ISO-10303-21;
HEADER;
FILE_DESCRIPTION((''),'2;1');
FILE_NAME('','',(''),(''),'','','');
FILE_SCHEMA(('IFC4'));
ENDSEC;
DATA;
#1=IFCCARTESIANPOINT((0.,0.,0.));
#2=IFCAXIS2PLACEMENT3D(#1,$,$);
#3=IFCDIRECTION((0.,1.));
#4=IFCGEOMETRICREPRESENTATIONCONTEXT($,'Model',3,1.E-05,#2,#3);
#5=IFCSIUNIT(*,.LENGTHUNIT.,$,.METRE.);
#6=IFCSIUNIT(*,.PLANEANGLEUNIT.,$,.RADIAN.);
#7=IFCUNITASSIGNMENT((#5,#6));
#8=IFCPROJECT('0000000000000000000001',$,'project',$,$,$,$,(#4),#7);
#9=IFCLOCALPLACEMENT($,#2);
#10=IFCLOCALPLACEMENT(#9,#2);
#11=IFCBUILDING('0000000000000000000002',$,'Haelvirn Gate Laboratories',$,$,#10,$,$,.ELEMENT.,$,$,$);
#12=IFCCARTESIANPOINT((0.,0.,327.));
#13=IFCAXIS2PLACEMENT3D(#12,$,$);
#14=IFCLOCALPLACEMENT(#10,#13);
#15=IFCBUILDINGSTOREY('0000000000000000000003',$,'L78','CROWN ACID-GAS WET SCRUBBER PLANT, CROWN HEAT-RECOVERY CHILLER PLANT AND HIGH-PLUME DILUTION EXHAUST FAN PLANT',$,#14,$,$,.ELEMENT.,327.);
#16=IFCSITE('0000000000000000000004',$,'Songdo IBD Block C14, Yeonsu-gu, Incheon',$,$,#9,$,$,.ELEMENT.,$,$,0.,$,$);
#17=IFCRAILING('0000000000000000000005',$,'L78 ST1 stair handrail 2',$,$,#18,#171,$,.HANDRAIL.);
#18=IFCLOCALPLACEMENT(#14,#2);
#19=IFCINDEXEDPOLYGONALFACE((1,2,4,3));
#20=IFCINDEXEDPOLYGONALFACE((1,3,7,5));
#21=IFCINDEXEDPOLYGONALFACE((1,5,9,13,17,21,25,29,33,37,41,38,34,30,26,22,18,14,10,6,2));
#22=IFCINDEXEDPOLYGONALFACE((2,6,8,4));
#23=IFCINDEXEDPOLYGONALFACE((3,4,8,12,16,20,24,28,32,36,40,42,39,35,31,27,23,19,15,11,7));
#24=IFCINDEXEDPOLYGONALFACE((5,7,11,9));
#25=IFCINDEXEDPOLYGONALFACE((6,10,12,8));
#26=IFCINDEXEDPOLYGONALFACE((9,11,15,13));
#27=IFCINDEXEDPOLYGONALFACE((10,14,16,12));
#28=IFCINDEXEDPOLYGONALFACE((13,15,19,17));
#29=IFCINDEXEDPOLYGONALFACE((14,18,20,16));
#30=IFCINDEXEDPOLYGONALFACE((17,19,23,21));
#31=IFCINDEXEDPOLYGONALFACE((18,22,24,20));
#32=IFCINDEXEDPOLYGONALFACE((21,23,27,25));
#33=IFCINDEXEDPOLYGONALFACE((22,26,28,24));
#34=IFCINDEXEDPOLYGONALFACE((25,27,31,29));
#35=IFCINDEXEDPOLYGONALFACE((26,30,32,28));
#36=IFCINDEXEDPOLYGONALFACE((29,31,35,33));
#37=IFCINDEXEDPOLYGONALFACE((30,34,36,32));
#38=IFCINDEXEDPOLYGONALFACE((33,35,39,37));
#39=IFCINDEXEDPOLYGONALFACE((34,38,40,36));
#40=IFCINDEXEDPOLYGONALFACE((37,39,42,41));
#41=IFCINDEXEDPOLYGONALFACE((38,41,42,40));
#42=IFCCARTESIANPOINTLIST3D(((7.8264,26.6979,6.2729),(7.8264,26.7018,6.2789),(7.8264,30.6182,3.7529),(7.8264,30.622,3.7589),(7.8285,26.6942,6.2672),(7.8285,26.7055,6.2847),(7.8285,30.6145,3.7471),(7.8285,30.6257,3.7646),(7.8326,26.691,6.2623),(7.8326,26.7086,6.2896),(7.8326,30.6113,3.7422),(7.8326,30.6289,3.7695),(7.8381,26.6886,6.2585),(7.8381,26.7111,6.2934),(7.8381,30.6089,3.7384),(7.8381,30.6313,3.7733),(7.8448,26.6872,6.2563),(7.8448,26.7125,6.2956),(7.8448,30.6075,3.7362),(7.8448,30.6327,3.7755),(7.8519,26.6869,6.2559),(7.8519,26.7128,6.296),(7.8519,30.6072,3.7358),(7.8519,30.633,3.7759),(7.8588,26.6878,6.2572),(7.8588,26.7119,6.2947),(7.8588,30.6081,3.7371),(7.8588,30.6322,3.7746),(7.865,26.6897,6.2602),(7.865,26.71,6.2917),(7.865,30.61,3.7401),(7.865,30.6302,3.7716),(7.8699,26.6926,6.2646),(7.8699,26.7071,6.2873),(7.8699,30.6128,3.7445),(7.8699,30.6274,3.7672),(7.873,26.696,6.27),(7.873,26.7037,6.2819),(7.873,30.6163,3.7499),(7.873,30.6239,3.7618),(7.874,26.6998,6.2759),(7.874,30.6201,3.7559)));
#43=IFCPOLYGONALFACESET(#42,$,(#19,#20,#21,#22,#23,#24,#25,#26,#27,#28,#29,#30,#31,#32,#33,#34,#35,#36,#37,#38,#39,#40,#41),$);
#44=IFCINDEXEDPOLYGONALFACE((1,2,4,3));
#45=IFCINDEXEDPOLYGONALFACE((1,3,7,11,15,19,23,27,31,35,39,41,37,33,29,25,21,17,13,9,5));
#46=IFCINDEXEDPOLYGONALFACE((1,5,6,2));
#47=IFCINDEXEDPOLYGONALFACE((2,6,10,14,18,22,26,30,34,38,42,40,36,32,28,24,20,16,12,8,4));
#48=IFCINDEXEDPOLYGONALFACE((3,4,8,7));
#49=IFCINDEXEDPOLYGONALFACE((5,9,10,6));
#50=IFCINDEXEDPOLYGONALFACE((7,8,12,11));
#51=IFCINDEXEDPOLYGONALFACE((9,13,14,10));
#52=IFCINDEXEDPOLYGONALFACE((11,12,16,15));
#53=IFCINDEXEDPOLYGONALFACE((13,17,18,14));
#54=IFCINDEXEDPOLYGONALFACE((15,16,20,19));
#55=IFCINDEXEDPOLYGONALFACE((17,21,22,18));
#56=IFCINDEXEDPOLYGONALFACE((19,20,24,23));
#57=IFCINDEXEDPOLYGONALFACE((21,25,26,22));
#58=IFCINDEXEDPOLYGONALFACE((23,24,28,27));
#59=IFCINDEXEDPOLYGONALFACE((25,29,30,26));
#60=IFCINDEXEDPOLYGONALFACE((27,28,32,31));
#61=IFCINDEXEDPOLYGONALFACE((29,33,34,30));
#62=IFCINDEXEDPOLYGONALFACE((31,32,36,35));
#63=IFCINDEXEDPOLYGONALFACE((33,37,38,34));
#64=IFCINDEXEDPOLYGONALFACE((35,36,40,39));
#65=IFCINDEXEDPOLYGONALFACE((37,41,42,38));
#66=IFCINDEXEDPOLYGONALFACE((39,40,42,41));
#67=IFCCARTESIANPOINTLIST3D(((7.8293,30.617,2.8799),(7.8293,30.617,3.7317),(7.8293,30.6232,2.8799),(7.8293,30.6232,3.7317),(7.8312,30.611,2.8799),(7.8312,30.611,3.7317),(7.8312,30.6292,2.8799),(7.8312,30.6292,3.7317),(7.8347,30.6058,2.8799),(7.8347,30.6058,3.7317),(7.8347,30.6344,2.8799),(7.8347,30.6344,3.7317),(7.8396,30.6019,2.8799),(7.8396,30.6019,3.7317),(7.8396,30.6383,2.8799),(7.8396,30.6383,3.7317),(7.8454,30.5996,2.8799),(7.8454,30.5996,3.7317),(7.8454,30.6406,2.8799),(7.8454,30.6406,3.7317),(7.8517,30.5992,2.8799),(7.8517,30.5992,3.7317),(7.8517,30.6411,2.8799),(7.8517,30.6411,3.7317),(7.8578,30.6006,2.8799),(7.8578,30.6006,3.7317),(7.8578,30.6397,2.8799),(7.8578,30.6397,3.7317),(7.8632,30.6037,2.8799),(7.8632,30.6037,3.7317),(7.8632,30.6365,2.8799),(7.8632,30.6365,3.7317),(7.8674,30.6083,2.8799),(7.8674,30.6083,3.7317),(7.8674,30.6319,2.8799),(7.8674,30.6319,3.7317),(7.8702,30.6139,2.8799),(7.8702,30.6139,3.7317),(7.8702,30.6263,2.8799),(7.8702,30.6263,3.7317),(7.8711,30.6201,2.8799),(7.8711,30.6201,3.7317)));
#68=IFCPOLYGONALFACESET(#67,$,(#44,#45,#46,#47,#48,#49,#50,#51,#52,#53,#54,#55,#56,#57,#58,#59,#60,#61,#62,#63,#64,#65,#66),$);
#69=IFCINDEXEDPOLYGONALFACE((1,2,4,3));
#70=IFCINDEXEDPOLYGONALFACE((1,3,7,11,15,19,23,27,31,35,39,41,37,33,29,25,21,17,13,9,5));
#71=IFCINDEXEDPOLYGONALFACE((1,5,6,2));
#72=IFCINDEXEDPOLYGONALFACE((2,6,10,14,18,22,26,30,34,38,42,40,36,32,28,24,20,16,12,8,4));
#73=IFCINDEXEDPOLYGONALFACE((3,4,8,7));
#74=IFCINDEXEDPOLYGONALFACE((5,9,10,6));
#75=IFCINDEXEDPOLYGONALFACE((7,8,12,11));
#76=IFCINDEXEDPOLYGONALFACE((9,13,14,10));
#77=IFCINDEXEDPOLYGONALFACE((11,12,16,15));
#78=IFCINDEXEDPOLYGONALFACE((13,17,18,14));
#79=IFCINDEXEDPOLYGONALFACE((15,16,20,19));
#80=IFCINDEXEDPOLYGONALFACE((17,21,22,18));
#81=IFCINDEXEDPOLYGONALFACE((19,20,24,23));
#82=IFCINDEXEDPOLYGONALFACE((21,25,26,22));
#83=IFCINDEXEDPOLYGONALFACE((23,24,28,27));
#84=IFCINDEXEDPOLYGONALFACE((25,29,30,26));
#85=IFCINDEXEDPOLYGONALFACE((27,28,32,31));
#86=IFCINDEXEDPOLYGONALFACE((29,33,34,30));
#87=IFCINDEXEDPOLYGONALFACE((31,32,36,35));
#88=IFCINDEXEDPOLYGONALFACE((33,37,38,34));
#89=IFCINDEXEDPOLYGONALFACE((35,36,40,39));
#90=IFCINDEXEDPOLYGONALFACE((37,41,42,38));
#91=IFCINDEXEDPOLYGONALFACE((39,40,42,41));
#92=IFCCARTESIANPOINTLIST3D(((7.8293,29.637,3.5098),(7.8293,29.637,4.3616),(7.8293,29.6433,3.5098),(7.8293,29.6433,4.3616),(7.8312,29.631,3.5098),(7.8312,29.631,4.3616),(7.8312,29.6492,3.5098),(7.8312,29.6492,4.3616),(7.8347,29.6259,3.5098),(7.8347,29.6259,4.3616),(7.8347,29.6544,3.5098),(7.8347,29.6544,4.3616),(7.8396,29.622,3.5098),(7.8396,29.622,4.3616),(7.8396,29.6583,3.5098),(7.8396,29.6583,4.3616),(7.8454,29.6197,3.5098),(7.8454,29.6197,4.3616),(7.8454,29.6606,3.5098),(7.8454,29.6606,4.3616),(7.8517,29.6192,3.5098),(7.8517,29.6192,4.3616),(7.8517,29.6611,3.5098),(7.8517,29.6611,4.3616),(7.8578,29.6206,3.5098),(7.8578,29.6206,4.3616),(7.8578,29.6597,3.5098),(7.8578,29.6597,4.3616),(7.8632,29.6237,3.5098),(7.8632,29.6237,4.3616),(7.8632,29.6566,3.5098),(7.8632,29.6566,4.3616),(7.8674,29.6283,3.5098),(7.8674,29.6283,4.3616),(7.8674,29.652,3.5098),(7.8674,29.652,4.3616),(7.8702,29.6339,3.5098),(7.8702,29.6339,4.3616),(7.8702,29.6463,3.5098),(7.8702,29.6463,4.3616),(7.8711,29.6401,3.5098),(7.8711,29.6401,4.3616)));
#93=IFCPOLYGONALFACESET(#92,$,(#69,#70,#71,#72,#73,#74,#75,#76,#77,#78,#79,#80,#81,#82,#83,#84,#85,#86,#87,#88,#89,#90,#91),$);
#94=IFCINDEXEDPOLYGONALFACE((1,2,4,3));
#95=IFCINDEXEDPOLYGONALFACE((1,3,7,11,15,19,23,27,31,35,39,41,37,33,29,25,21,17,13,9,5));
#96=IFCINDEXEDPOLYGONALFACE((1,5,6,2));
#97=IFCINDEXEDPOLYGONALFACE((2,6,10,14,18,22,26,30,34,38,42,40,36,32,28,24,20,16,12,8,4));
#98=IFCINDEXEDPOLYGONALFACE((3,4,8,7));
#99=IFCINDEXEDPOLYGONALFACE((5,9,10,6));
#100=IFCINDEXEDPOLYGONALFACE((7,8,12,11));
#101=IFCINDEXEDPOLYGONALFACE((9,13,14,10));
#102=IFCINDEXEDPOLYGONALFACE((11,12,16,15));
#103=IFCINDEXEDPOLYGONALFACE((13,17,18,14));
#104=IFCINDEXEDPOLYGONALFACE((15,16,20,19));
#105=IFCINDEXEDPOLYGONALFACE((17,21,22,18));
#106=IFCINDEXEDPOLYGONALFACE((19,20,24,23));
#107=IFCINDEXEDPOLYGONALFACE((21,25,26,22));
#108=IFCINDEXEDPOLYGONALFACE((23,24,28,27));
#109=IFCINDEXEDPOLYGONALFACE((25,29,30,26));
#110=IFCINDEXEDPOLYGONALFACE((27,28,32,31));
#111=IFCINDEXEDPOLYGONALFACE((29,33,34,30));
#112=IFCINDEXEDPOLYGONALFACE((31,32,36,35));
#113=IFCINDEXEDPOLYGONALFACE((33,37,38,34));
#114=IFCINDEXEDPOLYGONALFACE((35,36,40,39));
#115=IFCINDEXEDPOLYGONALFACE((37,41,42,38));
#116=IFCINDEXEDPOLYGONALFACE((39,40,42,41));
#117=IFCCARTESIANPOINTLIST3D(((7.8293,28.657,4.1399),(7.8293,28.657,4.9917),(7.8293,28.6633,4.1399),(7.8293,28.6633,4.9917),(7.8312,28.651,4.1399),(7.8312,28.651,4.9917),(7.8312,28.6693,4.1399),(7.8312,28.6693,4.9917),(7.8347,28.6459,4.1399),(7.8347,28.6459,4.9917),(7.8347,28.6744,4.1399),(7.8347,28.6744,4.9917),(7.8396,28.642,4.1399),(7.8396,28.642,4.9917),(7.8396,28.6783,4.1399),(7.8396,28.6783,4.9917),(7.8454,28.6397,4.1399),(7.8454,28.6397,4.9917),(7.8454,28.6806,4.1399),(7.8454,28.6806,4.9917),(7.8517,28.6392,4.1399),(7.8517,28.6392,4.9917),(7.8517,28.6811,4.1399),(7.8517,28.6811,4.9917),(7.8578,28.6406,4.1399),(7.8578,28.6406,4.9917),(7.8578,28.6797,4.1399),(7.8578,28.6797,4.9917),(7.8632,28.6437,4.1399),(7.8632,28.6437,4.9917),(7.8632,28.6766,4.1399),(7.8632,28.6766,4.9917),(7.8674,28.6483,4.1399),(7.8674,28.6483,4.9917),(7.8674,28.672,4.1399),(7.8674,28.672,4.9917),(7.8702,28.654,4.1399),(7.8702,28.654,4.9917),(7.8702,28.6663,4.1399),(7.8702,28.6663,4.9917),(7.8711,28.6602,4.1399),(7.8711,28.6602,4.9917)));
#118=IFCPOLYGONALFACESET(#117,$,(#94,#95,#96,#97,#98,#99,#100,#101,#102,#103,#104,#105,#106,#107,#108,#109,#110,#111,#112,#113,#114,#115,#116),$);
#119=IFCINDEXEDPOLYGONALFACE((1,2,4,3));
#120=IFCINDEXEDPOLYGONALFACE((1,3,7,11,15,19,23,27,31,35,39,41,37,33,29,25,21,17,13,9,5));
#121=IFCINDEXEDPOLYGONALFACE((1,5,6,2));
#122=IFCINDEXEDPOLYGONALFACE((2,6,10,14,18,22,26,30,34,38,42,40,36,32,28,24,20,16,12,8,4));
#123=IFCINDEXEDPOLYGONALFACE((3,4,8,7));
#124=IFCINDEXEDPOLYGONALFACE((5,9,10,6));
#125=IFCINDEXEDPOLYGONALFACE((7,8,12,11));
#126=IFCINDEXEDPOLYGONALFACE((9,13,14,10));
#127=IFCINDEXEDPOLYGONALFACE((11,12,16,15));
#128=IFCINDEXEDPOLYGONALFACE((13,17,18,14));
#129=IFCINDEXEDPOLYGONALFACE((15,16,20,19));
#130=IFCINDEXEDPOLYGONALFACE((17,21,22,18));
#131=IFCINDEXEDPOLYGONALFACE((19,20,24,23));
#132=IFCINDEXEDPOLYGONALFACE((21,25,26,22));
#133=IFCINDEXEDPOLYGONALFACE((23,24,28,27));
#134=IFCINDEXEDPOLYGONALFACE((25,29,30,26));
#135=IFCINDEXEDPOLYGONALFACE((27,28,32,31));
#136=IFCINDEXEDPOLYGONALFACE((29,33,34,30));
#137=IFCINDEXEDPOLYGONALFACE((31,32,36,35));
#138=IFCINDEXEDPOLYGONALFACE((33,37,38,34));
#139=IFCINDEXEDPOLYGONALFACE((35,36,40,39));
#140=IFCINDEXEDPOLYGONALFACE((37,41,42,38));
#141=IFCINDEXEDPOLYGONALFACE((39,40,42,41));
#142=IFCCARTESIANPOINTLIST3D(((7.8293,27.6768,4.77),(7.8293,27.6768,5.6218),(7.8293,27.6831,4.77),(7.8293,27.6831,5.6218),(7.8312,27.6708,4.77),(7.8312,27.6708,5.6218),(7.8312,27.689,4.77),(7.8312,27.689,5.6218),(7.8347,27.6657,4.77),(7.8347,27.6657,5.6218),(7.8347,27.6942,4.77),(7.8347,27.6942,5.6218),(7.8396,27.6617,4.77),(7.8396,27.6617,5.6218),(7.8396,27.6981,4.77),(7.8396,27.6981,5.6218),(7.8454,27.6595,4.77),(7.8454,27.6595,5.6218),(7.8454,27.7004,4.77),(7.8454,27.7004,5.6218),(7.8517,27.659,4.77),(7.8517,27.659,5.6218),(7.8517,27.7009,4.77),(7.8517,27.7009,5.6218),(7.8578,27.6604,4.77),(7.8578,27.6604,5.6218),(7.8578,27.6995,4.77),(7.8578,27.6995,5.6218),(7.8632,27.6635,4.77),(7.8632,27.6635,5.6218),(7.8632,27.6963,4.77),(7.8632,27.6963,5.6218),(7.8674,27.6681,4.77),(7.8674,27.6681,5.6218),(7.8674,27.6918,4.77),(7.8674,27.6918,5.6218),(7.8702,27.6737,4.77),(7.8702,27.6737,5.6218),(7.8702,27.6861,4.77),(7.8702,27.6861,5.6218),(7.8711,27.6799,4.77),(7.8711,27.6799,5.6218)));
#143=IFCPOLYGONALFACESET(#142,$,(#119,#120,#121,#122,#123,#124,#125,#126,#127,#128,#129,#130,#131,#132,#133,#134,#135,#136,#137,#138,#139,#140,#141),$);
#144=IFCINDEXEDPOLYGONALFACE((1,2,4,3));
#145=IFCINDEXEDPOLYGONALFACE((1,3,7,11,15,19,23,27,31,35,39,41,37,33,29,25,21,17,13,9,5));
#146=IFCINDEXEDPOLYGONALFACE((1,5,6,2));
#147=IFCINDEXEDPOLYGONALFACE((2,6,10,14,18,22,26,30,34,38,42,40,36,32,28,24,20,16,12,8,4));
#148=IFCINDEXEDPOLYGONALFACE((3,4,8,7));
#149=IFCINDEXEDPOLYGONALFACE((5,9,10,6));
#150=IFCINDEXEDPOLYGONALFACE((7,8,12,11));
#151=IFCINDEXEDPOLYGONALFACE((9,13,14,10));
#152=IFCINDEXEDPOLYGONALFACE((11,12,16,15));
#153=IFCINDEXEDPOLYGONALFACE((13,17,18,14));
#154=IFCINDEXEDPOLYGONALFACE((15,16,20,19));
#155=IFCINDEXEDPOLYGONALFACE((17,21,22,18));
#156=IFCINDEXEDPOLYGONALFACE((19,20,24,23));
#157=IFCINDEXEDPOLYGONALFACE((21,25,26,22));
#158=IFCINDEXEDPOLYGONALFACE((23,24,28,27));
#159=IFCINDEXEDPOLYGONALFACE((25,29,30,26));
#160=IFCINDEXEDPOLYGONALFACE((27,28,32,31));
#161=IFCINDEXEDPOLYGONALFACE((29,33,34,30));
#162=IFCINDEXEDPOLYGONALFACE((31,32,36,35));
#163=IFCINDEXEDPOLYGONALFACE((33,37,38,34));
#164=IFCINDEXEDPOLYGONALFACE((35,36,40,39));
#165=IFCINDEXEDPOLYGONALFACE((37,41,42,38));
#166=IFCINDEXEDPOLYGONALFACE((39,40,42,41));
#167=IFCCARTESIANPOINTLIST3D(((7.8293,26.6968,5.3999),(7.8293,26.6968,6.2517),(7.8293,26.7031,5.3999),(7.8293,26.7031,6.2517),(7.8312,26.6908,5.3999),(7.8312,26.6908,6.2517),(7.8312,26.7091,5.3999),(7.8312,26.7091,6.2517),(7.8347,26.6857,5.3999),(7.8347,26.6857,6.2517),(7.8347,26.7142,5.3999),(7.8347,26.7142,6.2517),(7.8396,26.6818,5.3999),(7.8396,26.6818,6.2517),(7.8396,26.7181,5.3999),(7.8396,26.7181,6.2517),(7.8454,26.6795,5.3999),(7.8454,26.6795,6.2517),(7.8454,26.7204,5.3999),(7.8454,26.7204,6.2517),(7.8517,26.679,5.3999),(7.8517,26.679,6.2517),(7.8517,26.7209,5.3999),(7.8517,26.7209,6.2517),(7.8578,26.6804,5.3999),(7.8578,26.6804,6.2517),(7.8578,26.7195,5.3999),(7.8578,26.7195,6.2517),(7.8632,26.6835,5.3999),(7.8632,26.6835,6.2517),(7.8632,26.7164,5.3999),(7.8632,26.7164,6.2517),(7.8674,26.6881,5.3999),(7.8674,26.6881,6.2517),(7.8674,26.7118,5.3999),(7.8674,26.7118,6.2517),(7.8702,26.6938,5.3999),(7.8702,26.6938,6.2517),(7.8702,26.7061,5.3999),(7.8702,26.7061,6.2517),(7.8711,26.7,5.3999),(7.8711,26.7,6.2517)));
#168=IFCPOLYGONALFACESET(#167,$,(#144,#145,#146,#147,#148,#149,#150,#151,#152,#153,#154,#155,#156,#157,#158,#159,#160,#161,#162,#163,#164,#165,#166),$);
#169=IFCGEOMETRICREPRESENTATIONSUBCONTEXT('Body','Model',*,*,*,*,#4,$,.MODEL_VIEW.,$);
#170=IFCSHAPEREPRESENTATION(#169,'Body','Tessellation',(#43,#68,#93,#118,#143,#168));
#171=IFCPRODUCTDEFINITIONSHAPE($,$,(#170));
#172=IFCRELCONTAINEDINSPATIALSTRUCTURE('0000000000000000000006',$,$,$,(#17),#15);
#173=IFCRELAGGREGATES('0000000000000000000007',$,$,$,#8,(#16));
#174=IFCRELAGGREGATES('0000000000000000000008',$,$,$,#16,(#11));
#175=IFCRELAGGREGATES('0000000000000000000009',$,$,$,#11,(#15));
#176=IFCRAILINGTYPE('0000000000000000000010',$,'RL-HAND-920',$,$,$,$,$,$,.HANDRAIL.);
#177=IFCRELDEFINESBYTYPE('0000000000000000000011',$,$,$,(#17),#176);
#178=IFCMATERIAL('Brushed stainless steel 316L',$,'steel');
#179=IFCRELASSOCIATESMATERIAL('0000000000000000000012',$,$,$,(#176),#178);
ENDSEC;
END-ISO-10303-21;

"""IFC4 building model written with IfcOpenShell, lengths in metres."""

from ifc_helpers import new_model, si_unit, direction, frame, origin, origin_2d, place, context, subcontext, project, spatial, circle, extrude, source, transform, mapped, material, type_object, element, save


model = new_model("IFC4")

# Units and contexts
model_context = context("Model", 3, precision=1e-05, world=origin(), true_north=direction((0.0, 1.0)))
body_context = subcontext(model_context, "Body", "Model", "MODEL_VIEW")
ifc_project = project(units=[si_unit("LENGTHUNIT", "METRE"), si_unit("PLANEANGLEUNIT", "RADIAN")], contexts=[model_context])

# Site, building, storey
site_placement = place(None, origin())
site = spatial("IfcSite", under=ifc_project, at=site_placement, Name="Songdo IBD Block C14, Yeonsu-gu, Incheon", CompositionType="ELEMENT", RefElevation=0.0)
building_placement = place(site_placement, origin())
building = spatial("IfcBuilding", under=site, at=building_placement, Name="Haelvirn Gate Laboratories", CompositionType="ELEMENT")
storey_placement = place(building_placement, frame((0.0, 0.0, 327.0)))
storey = spatial("IfcBuildingStorey", under=building, at=storey_placement, Name="L78", Description="CROWN ACID-GAS WET SCRUBBER PLANT, CROWN HEAT-RECOVERY CHILLER PLANT AND HIGH-PLUME DILUTION EXHAUST FAN PLANT", CompositionType="ELEMENT", Elevation=327.0)

# Railing
ifc_material_1 = material(Name="Brushed stainless steel 316L", Category="steel")
railing_type_1 = type_object("IfcRailingType", Name="RL-HAND-920", PredefinedType="HANDRAIL", material=ifc_material_1)
shared_shape_1 = source(origin(), body_context, "Body", "SweptSolid", [
    extrude(circle(Radius=0.0239, at=origin_2d()), frame((0.0, 0.0, 0.876), z_axis=(0.0, -0.841187, 0.540744), x_axis=(1.0, 0.0, 0.0)), (0.0, 0.0, 1.0), 4.6604),
    extrude(circle(Radius=0.021, at=origin_2d()), origin(), (0.0, 0.0, 1.0), 0.8518),
    extrude(circle(Radius=0.021, at=origin_2d()), frame((0.0, -0.98, 0.6299)), (0.0, 0.0, 1.0), 0.8518),
    extrude(circle(Radius=0.021, at=origin_2d()), frame((0.0, -1.96, 1.26)), (0.0, 0.0, 1.0), 0.8518),
    extrude(circle(Radius=0.021, at=origin_2d()), frame((0.0, -2.9402, 1.8901)), (0.0, 0.0, 1.0), 0.8518),
    extrude(circle(Radius=0.021, at=origin_2d()), frame((0.0, -3.9202, 2.52)), (0.0, 0.0, 1.0), 0.8518),
])
railing_1_placement = place(storey_placement, frame((7.8501, 30.6201, 2.8799)))
element("IfcRailing", 1, at=railing_1_placement, inside=storey, type_object=railing_type_1, Name="L78 ST1 stair handrail 2", PredefinedType="HANDRAIL", context=body_context, shape_type="MappedRepresentation", body=[
    mapped(shared_shape_1, transform((0.0, 0.0, 0.0), scale=1.0)),
])

save(model, "model.ifc")
